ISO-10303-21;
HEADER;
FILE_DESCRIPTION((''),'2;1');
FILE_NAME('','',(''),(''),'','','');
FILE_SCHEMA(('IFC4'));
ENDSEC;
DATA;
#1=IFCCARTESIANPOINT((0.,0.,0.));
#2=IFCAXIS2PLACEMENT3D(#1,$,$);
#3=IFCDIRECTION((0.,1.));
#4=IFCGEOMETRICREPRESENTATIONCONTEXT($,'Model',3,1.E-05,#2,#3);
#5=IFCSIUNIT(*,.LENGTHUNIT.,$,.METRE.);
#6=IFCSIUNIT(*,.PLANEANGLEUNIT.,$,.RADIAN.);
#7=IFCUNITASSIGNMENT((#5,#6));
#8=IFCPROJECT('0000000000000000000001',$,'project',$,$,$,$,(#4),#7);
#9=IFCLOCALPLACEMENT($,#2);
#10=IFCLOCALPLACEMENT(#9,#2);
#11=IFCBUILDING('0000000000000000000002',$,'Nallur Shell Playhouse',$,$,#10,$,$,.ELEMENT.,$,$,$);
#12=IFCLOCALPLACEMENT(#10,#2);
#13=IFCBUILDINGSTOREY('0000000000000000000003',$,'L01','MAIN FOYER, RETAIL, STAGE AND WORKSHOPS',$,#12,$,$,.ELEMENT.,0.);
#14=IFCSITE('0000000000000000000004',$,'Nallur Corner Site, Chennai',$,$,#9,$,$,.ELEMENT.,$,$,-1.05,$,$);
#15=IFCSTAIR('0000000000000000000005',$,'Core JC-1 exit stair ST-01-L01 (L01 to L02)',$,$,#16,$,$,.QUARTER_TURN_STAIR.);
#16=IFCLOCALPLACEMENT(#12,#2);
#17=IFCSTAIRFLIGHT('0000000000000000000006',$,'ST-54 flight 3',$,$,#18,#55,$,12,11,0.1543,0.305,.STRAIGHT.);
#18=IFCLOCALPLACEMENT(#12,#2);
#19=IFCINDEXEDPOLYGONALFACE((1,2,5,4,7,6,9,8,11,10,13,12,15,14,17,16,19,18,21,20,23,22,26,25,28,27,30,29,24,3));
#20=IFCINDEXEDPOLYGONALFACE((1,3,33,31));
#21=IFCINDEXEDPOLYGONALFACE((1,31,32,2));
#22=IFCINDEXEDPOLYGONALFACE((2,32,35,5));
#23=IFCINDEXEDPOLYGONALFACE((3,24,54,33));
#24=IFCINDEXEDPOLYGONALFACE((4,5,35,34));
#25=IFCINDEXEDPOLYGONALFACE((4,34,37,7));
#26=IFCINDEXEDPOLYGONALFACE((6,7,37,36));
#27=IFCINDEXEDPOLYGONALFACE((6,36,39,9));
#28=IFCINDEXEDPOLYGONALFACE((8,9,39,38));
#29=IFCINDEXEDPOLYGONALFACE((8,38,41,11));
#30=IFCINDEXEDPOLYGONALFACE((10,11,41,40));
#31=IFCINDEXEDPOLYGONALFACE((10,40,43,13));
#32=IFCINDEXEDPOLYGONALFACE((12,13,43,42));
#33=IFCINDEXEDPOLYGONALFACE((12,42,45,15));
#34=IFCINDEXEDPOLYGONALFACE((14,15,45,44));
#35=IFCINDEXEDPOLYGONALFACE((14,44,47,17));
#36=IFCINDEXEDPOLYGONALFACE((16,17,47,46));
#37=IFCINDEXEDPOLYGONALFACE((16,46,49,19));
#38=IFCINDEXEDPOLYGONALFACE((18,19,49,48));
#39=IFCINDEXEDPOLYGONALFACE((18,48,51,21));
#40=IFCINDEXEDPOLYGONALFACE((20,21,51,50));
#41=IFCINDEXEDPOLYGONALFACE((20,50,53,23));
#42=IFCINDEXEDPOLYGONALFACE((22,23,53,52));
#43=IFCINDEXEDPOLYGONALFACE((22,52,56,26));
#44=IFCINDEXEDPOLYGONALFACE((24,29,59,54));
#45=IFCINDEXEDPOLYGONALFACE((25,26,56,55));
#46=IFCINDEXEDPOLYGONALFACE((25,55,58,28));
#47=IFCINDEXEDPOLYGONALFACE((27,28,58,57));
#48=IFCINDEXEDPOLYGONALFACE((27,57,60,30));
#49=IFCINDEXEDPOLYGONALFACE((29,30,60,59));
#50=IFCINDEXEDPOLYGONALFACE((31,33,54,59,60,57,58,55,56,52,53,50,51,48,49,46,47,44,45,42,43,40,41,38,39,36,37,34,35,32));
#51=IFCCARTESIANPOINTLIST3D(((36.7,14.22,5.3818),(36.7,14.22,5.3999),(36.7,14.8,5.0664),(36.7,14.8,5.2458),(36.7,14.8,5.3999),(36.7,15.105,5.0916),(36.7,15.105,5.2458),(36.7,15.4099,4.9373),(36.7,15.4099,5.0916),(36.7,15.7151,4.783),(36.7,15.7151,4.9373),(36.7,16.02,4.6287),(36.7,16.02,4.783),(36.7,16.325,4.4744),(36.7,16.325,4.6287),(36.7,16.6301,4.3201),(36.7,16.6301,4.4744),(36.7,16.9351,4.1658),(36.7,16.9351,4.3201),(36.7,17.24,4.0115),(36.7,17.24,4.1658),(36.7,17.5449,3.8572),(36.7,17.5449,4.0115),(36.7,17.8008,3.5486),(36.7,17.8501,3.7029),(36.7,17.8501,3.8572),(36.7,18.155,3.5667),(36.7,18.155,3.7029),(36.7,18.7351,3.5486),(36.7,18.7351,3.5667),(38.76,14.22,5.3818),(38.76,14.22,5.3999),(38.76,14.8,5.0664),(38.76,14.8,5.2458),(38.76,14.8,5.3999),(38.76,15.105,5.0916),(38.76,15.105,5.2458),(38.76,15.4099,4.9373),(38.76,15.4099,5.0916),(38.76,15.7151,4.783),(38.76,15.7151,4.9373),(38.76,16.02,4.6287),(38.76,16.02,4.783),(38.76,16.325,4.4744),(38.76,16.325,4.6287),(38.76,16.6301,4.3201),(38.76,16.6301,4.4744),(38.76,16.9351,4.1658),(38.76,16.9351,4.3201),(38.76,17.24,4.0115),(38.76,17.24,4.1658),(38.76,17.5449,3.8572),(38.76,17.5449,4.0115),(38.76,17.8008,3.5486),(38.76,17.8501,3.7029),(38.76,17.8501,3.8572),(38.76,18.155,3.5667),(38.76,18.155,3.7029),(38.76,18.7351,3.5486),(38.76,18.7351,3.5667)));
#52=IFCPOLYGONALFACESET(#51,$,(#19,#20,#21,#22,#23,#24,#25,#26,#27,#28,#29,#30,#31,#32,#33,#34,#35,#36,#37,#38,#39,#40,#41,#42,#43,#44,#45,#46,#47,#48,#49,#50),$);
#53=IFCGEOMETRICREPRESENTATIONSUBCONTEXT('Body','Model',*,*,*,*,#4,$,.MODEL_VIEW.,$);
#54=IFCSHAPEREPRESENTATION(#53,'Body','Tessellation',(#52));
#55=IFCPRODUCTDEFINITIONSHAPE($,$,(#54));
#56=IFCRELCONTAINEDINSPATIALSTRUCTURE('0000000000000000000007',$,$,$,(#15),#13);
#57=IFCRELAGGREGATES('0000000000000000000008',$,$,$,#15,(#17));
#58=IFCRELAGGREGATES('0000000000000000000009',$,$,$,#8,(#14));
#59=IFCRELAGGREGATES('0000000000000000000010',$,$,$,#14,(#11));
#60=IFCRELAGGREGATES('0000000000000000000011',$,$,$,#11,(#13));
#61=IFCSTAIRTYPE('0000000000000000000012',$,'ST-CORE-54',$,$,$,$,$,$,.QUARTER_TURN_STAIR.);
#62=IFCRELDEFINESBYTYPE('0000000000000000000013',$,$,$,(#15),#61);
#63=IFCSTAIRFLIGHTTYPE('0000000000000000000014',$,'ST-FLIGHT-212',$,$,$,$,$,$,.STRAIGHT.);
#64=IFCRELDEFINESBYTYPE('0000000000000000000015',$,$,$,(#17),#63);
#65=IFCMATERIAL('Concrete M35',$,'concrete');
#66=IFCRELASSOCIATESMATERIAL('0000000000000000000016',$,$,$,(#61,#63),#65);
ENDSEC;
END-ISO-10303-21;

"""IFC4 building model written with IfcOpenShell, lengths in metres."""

from ifc_helpers import new_model, si_unit, direction, frame, origin, place, context, subcontext, project, spatial, polyline, outline, extrude, material, type_object, element, aggregate, save


model = new_model("IFC4")

# Units and contexts
model_context = context("Model", 3, precision=1e-05, world=origin(), true_north=direction((0.0, 1.0)))
body_context = subcontext(model_context, "Body", "Model", "MODEL_VIEW")
ifc_project = project(units=[si_unit("LENGTHUNIT", "METRE"), si_unit("PLANEANGLEUNIT", "RADIAN")], contexts=[model_context])

# Site, building, storey
site_placement = place(None, origin())
site = spatial("IfcSite", under=ifc_project, at=site_placement, Name="Nallur Corner Site, Chennai", CompositionType="ELEMENT", RefElevation=-1.05)
building_placement = place(site_placement, origin())
building = spatial("IfcBuilding", under=site, at=building_placement, Name="Nallur Shell Playhouse", CompositionType="ELEMENT")
storey_placement = place(building_placement, origin())
storey = spatial("IfcBuildingStorey", under=building, at=storey_placement, Name="L01", Description="MAIN FOYER, RETAIL, STAGE AND WORKSHOPS", CompositionType="ELEMENT", Elevation=0.0)

# Shared definitions
ifc_material_1 = material(Name="Concrete M35", Category="concrete")

# Stair, stair flight
stair_type = type_object("IfcStairType", Name="ST-CORE-54", PredefinedType="QUARTER_TURN_STAIR", material=ifc_material_1)
stair_placement = place(storey_placement, origin())
stair = element("IfcStair", 1, at=stair_placement, inside=storey, type_object=stair_type, Name="Core JC-1 exit stair ST-01-L01 (L01 to L02)", PredefinedType="QUARTER_TURN_STAIR")
stair_flight_type = type_object("IfcStairFlightType", Name="ST-FLIGHT-212", PredefinedType="STRAIGHT", material=ifc_material_1)
stair_flight_1_placement = place(storey_placement, frame((37.73, 18.155, 3.5486), z_axis=(0.0, 0.0, 1.0), x_axis=(0.0, -1.0, 0.0)))
stair_flight_1 = element("IfcStairFlight", 2, at=stair_flight_1_placement, type_object=stair_flight_type, Name="ST-54 flight 3", NumberOfRisers=12, NumberOfTreads=11, PredefinedType="STRAIGHT", RiserHeight=0.1543, TreadLength=0.305, context=body_context, shape_type="SweptSolid", body=[
    extrude(outline(polyline([(-0.5801, 0.0), (-0.5801, 0.0181), (0.0, 0.0181), (0.0, 0.1543), (0.3049, 0.1543), (0.3049, 0.3086), (0.6101, 0.3086), (0.6101, 0.4629), (0.915, 0.4629), (0.915, 0.6172), (1.22, 0.6172), (1.22, 0.7715), (1.5249, 0.7715), (1.5249, 0.9258), (1.8301, 0.9258), (1.8301, 1.0801), (2.135, 1.0801), (2.135, 1.2344), (2.4399, 1.2344), (2.4399, 1.3887), (2.7451, 1.3887), (2.7451, 1.543), (3.05, 1.543), (3.05, 1.6973), (3.355, 1.6973), (3.355, 1.8513), (3.9351, 1.8513), (3.9351, 1.8333), (3.355, 1.5178), (0.3542, 0.0), (-0.5801, 0.0)])), frame((0.0, 1.03, 0.0), z_axis=(0.0, -1.0, 0.0), x_axis=(1.0, 0.0, 0.0)), (0.0, 0.0, 1.0), 2.0601),
])
aggregate(stair, [stair_flight_1])

save(model, "model.ifc")
